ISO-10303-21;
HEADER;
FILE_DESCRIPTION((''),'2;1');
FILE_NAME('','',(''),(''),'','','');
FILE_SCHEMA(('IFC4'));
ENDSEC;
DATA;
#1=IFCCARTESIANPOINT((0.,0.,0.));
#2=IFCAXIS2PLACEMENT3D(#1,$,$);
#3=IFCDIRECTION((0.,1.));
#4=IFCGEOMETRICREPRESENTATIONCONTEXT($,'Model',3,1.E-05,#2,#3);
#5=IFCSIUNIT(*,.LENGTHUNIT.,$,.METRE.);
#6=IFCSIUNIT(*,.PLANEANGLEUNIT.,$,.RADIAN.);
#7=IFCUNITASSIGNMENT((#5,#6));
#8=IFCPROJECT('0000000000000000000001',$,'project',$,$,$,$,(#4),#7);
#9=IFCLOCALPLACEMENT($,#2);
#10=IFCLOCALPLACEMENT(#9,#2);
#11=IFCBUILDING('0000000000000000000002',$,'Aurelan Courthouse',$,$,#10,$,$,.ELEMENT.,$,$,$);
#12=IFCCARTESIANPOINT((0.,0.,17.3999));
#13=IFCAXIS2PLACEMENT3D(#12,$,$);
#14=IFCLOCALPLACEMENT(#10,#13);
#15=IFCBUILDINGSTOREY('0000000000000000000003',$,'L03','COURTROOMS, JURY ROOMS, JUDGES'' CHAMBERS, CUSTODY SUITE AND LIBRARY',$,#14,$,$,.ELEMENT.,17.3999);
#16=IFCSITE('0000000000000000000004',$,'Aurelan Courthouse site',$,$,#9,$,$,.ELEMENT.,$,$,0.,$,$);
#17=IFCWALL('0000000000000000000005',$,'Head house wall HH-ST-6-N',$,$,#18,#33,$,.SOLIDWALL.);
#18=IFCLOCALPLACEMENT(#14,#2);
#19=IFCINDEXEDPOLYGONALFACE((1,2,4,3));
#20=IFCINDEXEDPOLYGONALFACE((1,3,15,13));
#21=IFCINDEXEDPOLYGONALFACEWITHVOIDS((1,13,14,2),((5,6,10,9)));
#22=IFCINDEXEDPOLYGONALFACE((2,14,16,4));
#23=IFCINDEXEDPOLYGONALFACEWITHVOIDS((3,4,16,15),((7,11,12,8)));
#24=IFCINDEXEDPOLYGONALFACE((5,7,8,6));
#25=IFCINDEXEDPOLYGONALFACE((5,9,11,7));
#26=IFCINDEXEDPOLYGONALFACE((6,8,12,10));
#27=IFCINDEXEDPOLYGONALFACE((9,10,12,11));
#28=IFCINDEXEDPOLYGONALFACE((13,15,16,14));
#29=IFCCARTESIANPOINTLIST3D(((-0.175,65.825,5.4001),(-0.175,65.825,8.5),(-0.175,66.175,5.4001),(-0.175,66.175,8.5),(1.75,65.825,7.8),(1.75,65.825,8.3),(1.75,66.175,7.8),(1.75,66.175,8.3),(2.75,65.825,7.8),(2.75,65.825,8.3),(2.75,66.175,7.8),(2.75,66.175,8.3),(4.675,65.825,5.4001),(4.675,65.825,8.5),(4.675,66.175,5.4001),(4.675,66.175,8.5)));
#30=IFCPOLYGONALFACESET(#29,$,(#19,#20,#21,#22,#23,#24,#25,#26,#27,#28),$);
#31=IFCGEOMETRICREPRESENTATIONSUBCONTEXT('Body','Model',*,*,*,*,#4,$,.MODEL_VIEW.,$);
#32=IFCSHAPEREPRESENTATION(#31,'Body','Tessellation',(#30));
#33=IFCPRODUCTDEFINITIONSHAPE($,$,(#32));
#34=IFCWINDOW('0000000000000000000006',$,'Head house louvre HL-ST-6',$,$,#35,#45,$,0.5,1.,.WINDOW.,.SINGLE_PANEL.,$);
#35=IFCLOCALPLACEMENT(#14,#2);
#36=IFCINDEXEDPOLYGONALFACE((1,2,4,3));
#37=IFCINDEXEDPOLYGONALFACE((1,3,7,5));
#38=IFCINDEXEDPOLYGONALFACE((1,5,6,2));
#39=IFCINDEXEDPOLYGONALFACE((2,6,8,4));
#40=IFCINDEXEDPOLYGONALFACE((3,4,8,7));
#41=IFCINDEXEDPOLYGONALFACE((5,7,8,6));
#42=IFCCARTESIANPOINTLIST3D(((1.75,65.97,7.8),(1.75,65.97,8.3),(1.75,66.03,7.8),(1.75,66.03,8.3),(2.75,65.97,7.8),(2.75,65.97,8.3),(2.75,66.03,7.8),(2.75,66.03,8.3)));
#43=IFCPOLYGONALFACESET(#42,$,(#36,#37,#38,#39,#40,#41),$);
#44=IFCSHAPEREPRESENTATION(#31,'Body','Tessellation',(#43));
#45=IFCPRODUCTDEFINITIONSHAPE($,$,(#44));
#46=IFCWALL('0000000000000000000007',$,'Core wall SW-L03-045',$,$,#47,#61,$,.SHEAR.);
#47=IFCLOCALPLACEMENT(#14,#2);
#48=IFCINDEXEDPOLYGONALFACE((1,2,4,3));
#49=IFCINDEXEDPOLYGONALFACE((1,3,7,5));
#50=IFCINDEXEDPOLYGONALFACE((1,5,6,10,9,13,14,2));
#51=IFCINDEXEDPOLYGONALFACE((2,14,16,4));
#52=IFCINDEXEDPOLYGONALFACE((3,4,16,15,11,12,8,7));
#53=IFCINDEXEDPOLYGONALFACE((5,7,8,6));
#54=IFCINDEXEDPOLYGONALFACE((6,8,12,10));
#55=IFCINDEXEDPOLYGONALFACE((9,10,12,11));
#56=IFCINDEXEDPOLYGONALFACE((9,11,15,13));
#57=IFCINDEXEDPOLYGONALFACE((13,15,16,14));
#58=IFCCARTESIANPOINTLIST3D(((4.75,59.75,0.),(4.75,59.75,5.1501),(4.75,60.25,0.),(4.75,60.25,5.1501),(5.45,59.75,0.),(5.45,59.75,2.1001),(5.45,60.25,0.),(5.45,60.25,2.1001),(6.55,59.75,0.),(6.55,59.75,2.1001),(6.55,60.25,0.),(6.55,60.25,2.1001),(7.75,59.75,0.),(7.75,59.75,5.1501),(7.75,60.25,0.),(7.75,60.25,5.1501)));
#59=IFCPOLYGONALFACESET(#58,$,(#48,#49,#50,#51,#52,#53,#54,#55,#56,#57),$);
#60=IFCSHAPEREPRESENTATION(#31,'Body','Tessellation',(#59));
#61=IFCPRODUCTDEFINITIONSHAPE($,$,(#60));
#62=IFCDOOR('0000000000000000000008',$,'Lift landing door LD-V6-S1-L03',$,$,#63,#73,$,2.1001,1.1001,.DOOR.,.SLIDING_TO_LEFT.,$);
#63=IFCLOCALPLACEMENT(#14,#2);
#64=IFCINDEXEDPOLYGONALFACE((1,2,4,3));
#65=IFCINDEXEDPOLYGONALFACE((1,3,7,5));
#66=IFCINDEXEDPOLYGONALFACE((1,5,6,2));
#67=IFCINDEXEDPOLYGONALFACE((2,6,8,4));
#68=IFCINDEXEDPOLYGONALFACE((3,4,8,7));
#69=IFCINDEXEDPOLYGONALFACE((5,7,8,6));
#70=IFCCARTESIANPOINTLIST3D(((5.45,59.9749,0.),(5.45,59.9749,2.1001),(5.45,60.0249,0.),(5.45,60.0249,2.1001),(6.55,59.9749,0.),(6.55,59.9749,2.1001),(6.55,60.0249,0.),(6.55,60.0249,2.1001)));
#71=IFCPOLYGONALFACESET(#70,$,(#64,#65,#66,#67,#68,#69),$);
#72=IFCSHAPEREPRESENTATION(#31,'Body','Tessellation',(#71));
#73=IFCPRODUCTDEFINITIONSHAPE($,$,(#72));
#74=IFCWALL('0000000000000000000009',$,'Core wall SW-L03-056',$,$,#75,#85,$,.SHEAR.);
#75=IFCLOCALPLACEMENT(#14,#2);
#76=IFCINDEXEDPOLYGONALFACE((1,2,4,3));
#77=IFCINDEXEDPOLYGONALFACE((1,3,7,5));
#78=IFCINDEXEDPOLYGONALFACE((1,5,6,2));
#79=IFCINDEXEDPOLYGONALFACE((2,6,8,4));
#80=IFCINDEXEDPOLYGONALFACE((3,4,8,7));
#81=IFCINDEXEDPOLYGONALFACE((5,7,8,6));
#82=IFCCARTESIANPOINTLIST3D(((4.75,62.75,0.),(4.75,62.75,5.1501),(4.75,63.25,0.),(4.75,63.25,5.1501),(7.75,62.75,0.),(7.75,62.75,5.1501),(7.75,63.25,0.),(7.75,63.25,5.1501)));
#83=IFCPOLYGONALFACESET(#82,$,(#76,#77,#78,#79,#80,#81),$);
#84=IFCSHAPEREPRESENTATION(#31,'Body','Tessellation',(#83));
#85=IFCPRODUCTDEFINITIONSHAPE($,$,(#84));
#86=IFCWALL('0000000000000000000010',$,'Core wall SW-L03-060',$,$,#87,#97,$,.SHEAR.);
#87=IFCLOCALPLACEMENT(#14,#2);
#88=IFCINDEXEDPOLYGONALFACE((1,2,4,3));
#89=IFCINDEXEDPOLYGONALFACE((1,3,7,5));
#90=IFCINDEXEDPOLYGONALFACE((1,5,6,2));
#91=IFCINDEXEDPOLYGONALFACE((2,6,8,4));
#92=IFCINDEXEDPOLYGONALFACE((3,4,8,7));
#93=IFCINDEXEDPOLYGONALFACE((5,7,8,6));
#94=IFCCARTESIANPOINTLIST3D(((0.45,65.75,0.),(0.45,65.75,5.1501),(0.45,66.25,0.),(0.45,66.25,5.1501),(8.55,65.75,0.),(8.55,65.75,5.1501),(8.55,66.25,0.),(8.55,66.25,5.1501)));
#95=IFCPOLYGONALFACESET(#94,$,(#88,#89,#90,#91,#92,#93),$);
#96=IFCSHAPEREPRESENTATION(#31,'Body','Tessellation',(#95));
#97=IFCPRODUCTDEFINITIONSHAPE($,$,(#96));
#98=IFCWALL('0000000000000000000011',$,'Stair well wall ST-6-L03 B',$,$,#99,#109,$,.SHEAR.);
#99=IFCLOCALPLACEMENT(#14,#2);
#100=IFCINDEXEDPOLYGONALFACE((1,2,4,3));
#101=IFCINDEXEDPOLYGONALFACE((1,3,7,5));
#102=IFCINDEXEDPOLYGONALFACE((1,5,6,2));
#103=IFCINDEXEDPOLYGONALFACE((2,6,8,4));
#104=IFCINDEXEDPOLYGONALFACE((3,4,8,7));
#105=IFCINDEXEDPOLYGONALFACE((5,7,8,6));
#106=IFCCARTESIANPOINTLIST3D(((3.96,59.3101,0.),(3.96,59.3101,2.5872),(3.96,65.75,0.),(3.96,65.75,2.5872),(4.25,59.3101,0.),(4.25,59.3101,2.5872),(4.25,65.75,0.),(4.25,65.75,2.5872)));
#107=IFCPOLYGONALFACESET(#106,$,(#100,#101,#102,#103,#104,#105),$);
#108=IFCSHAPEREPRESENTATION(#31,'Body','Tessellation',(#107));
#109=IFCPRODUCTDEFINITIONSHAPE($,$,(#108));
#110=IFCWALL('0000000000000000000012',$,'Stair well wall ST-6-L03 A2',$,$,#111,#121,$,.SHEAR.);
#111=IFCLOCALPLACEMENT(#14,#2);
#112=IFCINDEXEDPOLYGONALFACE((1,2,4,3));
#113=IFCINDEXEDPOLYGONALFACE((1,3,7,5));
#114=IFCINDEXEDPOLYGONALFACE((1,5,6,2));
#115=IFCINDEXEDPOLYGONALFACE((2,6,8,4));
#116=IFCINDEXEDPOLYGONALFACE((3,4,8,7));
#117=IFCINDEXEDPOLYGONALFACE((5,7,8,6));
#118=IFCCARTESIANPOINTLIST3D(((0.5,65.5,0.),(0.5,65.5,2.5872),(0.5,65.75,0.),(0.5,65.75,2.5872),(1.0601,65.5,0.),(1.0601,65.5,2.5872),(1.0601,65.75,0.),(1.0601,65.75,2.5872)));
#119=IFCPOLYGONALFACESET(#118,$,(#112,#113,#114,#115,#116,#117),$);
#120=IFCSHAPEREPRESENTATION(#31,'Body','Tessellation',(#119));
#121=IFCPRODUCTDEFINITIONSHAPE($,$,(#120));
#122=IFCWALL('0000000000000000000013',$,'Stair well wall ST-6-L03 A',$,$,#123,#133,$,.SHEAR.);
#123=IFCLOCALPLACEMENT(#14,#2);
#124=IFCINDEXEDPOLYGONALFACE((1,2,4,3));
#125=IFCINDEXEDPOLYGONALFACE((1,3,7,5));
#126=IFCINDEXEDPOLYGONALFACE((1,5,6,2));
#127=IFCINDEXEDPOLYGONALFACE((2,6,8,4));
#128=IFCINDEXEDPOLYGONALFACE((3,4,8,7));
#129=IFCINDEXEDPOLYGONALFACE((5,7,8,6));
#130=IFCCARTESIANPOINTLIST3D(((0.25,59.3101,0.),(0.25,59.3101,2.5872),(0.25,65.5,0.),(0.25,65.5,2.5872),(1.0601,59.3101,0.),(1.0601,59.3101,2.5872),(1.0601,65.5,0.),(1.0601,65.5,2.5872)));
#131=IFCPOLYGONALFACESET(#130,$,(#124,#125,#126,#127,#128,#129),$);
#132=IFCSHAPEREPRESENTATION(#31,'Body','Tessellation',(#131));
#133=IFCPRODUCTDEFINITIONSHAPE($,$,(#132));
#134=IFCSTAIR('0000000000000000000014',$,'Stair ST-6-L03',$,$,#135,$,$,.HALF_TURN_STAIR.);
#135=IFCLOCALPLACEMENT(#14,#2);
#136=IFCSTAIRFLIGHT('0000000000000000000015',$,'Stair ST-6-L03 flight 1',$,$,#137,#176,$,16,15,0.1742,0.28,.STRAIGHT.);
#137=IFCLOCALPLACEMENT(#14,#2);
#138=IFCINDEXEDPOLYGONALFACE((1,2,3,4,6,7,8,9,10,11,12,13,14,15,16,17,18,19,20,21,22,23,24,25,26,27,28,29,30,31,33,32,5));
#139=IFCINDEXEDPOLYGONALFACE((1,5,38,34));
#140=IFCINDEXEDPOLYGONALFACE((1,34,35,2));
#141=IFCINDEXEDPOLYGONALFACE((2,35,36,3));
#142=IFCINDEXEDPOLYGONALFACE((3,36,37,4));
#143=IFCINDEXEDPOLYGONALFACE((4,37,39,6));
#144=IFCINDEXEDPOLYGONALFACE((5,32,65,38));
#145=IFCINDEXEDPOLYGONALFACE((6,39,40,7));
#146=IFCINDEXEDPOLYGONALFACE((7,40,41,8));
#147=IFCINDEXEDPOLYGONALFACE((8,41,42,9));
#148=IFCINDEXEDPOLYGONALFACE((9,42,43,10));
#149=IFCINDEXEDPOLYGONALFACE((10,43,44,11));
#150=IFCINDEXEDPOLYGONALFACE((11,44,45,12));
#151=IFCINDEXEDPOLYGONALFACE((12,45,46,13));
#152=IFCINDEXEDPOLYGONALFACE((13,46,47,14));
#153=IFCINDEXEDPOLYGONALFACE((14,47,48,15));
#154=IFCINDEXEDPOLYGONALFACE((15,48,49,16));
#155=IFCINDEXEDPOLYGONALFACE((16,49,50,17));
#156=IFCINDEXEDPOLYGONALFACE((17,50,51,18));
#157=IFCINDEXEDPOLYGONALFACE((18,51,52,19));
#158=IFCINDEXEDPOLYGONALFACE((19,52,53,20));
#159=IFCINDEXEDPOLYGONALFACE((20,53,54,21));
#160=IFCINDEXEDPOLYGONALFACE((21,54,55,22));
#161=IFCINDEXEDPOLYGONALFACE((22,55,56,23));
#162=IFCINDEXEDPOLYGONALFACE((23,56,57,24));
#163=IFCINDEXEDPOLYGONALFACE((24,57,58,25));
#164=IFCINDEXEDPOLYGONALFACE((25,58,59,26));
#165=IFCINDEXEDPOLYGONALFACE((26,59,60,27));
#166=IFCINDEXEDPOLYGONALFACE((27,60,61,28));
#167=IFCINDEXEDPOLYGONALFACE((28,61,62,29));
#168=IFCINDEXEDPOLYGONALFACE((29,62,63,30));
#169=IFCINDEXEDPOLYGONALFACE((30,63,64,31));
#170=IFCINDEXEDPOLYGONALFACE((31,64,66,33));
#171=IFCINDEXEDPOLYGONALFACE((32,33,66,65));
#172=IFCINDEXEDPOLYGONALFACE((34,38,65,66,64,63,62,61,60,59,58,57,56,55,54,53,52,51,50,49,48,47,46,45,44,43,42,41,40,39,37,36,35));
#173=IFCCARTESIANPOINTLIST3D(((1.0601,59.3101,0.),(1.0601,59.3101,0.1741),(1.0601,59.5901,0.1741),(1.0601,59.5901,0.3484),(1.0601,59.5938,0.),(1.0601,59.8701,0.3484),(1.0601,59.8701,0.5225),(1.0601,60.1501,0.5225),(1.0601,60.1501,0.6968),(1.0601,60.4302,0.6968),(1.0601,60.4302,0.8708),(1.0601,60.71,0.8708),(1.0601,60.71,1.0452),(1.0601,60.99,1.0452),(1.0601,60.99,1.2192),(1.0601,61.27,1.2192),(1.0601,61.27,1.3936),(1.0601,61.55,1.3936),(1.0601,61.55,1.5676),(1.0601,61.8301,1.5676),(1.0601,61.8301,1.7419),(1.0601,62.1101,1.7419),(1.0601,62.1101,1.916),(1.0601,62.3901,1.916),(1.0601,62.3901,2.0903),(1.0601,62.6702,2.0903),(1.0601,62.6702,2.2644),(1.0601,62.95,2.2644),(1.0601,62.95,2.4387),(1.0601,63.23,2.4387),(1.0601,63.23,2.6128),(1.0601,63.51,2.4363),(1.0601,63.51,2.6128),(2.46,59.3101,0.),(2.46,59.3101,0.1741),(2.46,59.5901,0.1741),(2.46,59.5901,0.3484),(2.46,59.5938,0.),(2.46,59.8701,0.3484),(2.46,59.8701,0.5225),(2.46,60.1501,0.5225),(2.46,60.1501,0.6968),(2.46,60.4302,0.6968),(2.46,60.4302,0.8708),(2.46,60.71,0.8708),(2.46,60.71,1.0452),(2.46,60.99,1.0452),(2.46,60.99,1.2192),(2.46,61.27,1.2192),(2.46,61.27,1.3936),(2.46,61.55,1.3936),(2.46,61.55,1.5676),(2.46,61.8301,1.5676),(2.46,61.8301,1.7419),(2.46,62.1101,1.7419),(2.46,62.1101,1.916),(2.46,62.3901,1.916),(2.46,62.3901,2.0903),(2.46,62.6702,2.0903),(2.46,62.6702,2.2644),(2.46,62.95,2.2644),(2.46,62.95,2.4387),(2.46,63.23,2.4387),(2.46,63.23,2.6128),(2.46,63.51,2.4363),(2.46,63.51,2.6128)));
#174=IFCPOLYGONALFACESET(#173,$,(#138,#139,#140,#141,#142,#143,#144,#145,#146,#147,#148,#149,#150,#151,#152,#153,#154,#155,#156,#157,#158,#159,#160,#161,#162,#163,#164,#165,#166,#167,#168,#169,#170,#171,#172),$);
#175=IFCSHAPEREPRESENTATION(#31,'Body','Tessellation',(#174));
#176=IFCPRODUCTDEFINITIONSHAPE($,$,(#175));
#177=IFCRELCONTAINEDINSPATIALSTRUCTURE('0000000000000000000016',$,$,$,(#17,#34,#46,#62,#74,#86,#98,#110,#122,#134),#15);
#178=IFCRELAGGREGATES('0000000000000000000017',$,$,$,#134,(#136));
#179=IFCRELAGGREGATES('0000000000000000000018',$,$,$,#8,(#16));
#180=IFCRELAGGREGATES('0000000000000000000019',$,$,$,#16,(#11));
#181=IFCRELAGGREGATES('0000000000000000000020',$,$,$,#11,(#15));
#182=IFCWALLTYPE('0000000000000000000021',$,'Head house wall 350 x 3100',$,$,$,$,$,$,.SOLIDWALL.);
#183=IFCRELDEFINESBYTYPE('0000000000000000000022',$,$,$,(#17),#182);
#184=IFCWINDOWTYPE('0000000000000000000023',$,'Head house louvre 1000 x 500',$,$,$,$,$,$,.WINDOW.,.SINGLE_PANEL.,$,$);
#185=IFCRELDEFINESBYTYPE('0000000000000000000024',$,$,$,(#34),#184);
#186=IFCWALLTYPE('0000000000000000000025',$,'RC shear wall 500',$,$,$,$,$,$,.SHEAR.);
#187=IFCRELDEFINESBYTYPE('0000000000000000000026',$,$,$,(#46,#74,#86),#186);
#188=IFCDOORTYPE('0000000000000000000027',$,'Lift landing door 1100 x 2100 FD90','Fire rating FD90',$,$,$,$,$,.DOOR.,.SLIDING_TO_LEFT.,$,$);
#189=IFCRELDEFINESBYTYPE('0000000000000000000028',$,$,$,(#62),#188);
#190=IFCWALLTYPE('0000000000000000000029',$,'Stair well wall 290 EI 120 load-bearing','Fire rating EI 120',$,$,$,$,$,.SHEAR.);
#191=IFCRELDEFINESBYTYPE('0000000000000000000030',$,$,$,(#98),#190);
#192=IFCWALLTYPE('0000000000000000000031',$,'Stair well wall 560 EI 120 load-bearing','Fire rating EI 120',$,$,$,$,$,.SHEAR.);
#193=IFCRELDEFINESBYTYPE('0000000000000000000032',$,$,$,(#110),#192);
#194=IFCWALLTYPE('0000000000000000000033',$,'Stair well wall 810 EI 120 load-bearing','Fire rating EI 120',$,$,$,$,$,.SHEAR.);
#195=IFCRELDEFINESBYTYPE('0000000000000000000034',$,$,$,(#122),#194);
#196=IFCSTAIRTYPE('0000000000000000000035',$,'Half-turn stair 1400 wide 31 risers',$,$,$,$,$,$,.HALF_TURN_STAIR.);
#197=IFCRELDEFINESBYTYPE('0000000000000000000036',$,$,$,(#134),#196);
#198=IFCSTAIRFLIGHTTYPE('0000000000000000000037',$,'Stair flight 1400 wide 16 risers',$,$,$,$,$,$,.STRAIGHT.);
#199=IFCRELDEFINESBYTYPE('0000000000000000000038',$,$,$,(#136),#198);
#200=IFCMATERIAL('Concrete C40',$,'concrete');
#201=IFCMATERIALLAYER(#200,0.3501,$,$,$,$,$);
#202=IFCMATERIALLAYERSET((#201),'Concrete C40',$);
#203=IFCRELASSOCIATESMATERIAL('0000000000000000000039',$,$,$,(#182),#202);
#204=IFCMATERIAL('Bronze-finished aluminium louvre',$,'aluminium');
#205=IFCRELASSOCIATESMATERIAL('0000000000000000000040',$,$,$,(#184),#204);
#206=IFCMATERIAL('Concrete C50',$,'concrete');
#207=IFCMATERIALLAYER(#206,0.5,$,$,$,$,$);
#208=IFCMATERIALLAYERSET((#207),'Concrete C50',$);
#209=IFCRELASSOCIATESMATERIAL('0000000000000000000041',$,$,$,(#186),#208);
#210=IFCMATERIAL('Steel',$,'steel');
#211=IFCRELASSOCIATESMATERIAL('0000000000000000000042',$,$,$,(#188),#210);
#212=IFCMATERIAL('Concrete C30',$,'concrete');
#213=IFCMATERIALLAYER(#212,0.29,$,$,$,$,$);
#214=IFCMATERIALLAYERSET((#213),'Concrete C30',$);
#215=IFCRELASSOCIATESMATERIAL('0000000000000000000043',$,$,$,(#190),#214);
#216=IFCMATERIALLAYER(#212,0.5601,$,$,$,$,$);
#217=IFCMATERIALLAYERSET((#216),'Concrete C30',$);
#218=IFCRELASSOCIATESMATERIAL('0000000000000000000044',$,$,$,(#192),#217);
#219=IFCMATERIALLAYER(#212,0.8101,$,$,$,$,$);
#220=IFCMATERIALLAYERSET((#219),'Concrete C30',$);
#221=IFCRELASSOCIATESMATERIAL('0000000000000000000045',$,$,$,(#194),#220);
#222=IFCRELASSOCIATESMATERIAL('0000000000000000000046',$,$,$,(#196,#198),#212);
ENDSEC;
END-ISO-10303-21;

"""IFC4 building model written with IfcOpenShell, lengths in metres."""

from ifc_helpers import new_model, si_unit, direction, frame, frame_2d, origin, place, context, subcontext, project, spatial, polyline, rectangle, outline, extrude, material, layer, layer_set, type_object, element, fill, aggregate, save


model = new_model("IFC4")

# Units and contexts
model_context = context("Model", 3, precision=1e-05, world=origin(), true_north=direction((0.0, 1.0)))
body_context = subcontext(model_context, "Body", "Model", "MODEL_VIEW")
ifc_project = project(units=[si_unit("LENGTHUNIT", "METRE"), si_unit("PLANEANGLEUNIT", "RADIAN")], contexts=[model_context])

# Site, building, storey
site_placement = place(None, origin())
site = spatial("IfcSite", under=ifc_project, at=site_placement, Name="Aurelan Courthouse site", CompositionType="ELEMENT", RefElevation=0.0)
building_placement = place(site_placement, origin())
building = spatial("IfcBuilding", under=site, at=building_placement, Name="Aurelan Courthouse", CompositionType="ELEMENT")
storey_placement = place(building_placement, frame((0.0, 0.0, 17.3999)))
storey = spatial("IfcBuildingStorey", under=building, at=storey_placement, Name="L03", Description="COURTROOMS, JURY ROOMS, JUDGES' CHAMBERS, CUSTODY SUITE AND LIBRARY", CompositionType="ELEMENT", Elevation=17.3999)

# Shared definitions
ifc_material_1 = material(Name="Concrete C50", Category="concrete")

# Shared definitions
ifc_material_2 = material(Name="Concrete C30", Category="concrete")

# Wall, opening, window
ifc_material_3 = material(Name="Concrete C40", Category="concrete")
ifc_layer_1 = layer(ifc_material_3, 0.3501)
ifc_layer_set_1 = layer_set([ifc_layer_1], Name="Concrete C40")
wall_type_1 = type_object("IfcWallType", Name="Head house wall 350 x 3100", PredefinedType="SOLIDWALL", material=ifc_layer_set_1)
wall_1_placement = place(storey_placement, frame((-0.175, 66.0, 5.4001), z_axis=(0.0, 0.0, 1.0), x_axis=(1.0, 0.0, 0.0)))
wall_1 = element("IfcWall", 1, at=wall_1_placement, inside=storey, type_object=wall_type_1, Name="Head house wall HH-ST-6-N", PredefinedType="SOLIDWALL", context=body_context, shape_type="SweptSolid", body=[
    extrude(rectangle(XDim=4.8501, YDim=0.3501, at=frame_2d((2.425, 0.0))), origin(), (0.0, 0.0, 1.0), 3.0999),
])
opening_1_placement = place(wall_1_placement, frame((1.925, 0.0, 2.3999)))
opening_1 = element("IfcOpeningElement", 2, at=opening_1_placement, cuts=wall_1, PredefinedType="OPENING", context=body_context, shape_type="SweptSolid", body=[
    extrude(rectangle(XDim=1.0, YDim=0.5, at=frame_2d((0.5, 0.25))), frame((0.0, 0.1851, 0.0), z_axis=(0.0, -1.0, 0.0), x_axis=(1.0, 0.0, 0.0)), (0.0, 0.0, 1.0), 0.3701),
])
ifc_material_4 = material(Name="Bronze-finished aluminium louvre", Category="aluminium")
window_type = type_object("IfcWindowType", Name="Head house louvre 1000 x 500", PartitioningType="SINGLE_PANEL", PredefinedType="WINDOW", material=ifc_material_4)
window_placement = place(opening_1_placement, origin())
window = element("IfcWindow", 3, at=window_placement, inside=storey, type_object=window_type, Name="Head house louvre HL-ST-6", OverallHeight=0.5, OverallWidth=1.0, PartitioningType="SINGLE_PANEL", PredefinedType="WINDOW", context=body_context, shape_type="SweptSolid", body=[
    extrude(rectangle(XDim=1.0, YDim=0.5, at=frame_2d((0.5, 0.25))), frame((0.0, 0.03, 0.0), z_axis=(0.0, -1.0, 0.0), x_axis=(1.0, 0.0, 0.0)), (0.0, 0.0, 1.0), 0.0601),
])
fill(opening_1, window)

# Wall, opening, door
ifc_layer_2 = layer(ifc_material_1, 0.5)
ifc_layer_set_2 = layer_set([ifc_layer_2], Name="Concrete C50")
wall_type_2 = type_object("IfcWallType", Name="RC shear wall 500", PredefinedType="SHEAR", material=ifc_layer_set_2)
wall_2_placement = place(storey_placement, frame((4.75, 60.0, 0.0), z_axis=(0.0, 0.0, 1.0), x_axis=(1.0, 0.0, 0.0)))
wall_2 = element("IfcWall", 4, at=wall_2_placement, inside=storey, type_object=wall_type_2, Name="Core wall SW-L03-045", PredefinedType="SHEAR", context=body_context, shape_type="SweptSolid", body=[
    extrude(rectangle(XDim=3.0, YDim=0.5, at=frame_2d((1.5, 0.0))), origin(), (0.0, 0.0, 1.0), 5.1501),
])
opening_2_placement = place(wall_2_placement, frame((0.7, 0.0, 0.0)))
opening_2 = element("IfcOpeningElement", 5, at=opening_2_placement, cuts=wall_2, PredefinedType="OPENING", context=body_context, shape_type="SweptSolid", body=[
    extrude(rectangle(XDim=1.1001, YDim=2.1001, at=frame_2d((0.55, 1.05))), frame((0.0, 0.26, 0.0), z_axis=(0.0, -1.0, 0.0), x_axis=(1.0, 0.0, 0.0)), (0.0, 0.0, 1.0), 0.52),
])
ifc_material_5 = material(Name="Steel", Category="steel")
door_type = type_object("IfcDoorType", Name="Lift landing door 1100 x 2100 FD90", Description="Fire rating FD90", OperationType="SLIDING_TO_LEFT", PredefinedType="DOOR", material=ifc_material_5)
door_placement = place(opening_2_placement, origin())
door = element("IfcDoor", 6, at=door_placement, inside=storey, type_object=door_type, Name="Lift landing door LD-V6-S1-L03", OperationType="SLIDING_TO_LEFT", OverallHeight=2.1001, OverallWidth=1.1001, PredefinedType="DOOR", context=body_context, shape_type="SweptSolid", body=[
    extrude(rectangle(XDim=1.1001, YDim=2.1001, at=frame_2d((0.55, 1.05))), frame((0.0, 0.0249, 0.0), z_axis=(0.0, -1.0, 0.0), x_axis=(1.0, 0.0, 0.0)), (0.0, 0.0, 1.0), 0.05),
])
fill(opening_2, door)

# Walls
wall_3_placement = place(storey_placement, frame((4.75, 63.0, 0.0), z_axis=(0.0, 0.0, 1.0), x_axis=(1.0, 0.0, 0.0)))
element("IfcWall", 7, at=wall_3_placement, inside=storey, type_object=wall_type_2, Name="Core wall SW-L03-056", PredefinedType="SHEAR", context=body_context, shape_type="SweptSolid", body=[
    extrude(rectangle(XDim=3.0, YDim=0.5, at=frame_2d((1.5, 0.0))), origin(), (0.0, 0.0, 1.0), 5.1501),
])
wall_4_placement = place(storey_placement, frame((0.45, 66.0, 0.0), z_axis=(0.0, 0.0, 1.0), x_axis=(1.0, 0.0, 0.0)))
element("IfcWall", 8, at=wall_4_placement, inside=storey, type_object=wall_type_2, Name="Core wall SW-L03-060", PredefinedType="SHEAR", context=body_context, shape_type="SweptSolid", body=[
    extrude(rectangle(XDim=8.1001, YDim=0.5, at=frame_2d((4.05, 0.0))), origin(), (0.0, 0.0, 1.0), 5.1501),
])
ifc_layer_3 = layer(ifc_material_2, 0.29)
ifc_layer_set_3 = layer_set([ifc_layer_3], Name="Concrete C30")
wall_type_3 = type_object("IfcWallType", Name="Stair well wall 290 EI 120 load-bearing", Description="Fire rating EI 120", PredefinedType="SHEAR", material=ifc_layer_set_3)
wall_5_placement = place(storey_placement, frame((4.105, 59.3101, 0.0), z_axis=(0.0, 0.0, 1.0), x_axis=(0.0, 1.0, 0.0)))
element("IfcWall", 9, at=wall_5_placement, inside=storey, type_object=wall_type_3, Name="Stair well wall ST-6-L03 B", PredefinedType="SHEAR", context=body_context, shape_type="SweptSolid", body=[
    extrude(rectangle(XDim=6.4399, YDim=0.29, at=frame_2d((3.22, 0.0))), origin(), (0.0, 0.0, 1.0), 2.5872),
])
ifc_layer_4 = layer(ifc_material_2, 0.5601)
ifc_layer_set_4 = layer_set([ifc_layer_4], Name="Concrete C30")
wall_type_4 = type_object("IfcWallType", Name="Stair well wall 560 EI 120 load-bearing", Description="Fire rating EI 120", PredefinedType="SHEAR", material=ifc_layer_set_4)
wall_6_placement = place(storey_placement, frame((0.78, 65.5, 0.0), z_axis=(0.0, 0.0, 1.0), x_axis=(0.0, 1.0, 0.0)))
element("IfcWall", 10, at=wall_6_placement, inside=storey, type_object=wall_type_4, Name="Stair well wall ST-6-L03 A2", PredefinedType="SHEAR", context=body_context, shape_type="SweptSolid", body=[
    extrude(rectangle(XDim=0.25, YDim=0.5601, at=frame_2d((0.125, 0.0))), origin(), (0.0, 0.0, 1.0), 2.5872),
])
ifc_layer_5 = layer(ifc_material_2, 0.8101)
ifc_layer_set_5 = layer_set([ifc_layer_5], Name="Concrete C30")
wall_type_5 = type_object("IfcWallType", Name="Stair well wall 810 EI 120 load-bearing", Description="Fire rating EI 120", PredefinedType="SHEAR", material=ifc_layer_set_5)
wall_7_placement = place(storey_placement, frame((0.655, 59.3101, 0.0), z_axis=(0.0, 0.0, 1.0), x_axis=(0.0, 1.0, 0.0)))
element("IfcWall", 11, at=wall_7_placement, inside=storey, type_object=wall_type_5, Name="Stair well wall ST-6-L03 A", PredefinedType="SHEAR", context=body_context, shape_type="SweptSolid", body=[
    extrude(rectangle(XDim=6.1899, YDim=0.8101, at=frame_2d((3.095, 0.0))), origin(), (0.0, 0.0, 1.0), 2.5872),
])

# Stair, stair flight
stair_type = type_object("IfcStairType", Name="Half-turn stair 1400 wide 31 risers", PredefinedType="HALF_TURN_STAIR", material=ifc_material_2)
stair_placement = place(storey_placement, origin())
stair = element("IfcStair", 12, at=stair_placement, inside=storey, type_object=stair_type, Name="Stair ST-6-L03", PredefinedType="HALF_TURN_STAIR")
stair_flight_type = type_object("IfcStairFlightType", Name="Stair flight 1400 wide 16 risers", PredefinedType="STRAIGHT", material=ifc_material_2)
stair_flight_1_placement = place(storey_placement, frame((1.76, 59.3101, 0.0), z_axis=(0.0, 0.0, 1.0), x_axis=(0.0, 1.0, 0.0)))
stair_flight_1 = element("IfcStairFlight", 13, at=stair_flight_1_placement, type_object=stair_flight_type, Name="Stair ST-6-L03 flight 1", NumberOfRisers=16, NumberOfTreads=15, PredefinedType="STRAIGHT", RiserHeight=0.1742, TreadLength=0.28, context=body_context, shape_type="SweptSolid", body=[
    extrude(outline(polyline([(0.0, 0.0), (0.0, 0.1741), (0.28, 0.1741), (0.28, 0.3484), (0.5601, 0.3484), (0.5601, 0.5225), (0.8401, 0.5225), (0.8401, 0.6968), (1.1201, 0.6968), (1.1201, 0.8708), (1.3999, 0.8708), (1.3999, 1.0452), (1.6799, 1.0452), (1.6799, 1.2192), (1.96, 1.2192), (1.96, 1.3936), (2.24, 1.3936), (2.24, 1.5676), (2.52, 1.5676), (2.52, 1.7419), (2.8, 1.7419), (2.8, 1.916), (3.0801, 1.916), (3.0801, 2.0903), (3.3601, 2.0903), (3.3601, 2.2644), (3.6399, 2.2644), (3.6399, 2.4387), (3.9199, 2.4387), (3.9199, 2.6128), (4.2, 2.6128), (4.2, 2.7871), (4.2, 2.4363), (0.2837, 0.0), (0.0, 0.0)])), frame((0.0, 0.7, 0.0), z_axis=(0.0, -1.0, 0.0), x_axis=(1.0, 0.0, 0.0)), (0.0, 0.0, 1.0), 1.3999),
])
aggregate(stair, [stair_flight_1])

save(model, "model.ifc")
